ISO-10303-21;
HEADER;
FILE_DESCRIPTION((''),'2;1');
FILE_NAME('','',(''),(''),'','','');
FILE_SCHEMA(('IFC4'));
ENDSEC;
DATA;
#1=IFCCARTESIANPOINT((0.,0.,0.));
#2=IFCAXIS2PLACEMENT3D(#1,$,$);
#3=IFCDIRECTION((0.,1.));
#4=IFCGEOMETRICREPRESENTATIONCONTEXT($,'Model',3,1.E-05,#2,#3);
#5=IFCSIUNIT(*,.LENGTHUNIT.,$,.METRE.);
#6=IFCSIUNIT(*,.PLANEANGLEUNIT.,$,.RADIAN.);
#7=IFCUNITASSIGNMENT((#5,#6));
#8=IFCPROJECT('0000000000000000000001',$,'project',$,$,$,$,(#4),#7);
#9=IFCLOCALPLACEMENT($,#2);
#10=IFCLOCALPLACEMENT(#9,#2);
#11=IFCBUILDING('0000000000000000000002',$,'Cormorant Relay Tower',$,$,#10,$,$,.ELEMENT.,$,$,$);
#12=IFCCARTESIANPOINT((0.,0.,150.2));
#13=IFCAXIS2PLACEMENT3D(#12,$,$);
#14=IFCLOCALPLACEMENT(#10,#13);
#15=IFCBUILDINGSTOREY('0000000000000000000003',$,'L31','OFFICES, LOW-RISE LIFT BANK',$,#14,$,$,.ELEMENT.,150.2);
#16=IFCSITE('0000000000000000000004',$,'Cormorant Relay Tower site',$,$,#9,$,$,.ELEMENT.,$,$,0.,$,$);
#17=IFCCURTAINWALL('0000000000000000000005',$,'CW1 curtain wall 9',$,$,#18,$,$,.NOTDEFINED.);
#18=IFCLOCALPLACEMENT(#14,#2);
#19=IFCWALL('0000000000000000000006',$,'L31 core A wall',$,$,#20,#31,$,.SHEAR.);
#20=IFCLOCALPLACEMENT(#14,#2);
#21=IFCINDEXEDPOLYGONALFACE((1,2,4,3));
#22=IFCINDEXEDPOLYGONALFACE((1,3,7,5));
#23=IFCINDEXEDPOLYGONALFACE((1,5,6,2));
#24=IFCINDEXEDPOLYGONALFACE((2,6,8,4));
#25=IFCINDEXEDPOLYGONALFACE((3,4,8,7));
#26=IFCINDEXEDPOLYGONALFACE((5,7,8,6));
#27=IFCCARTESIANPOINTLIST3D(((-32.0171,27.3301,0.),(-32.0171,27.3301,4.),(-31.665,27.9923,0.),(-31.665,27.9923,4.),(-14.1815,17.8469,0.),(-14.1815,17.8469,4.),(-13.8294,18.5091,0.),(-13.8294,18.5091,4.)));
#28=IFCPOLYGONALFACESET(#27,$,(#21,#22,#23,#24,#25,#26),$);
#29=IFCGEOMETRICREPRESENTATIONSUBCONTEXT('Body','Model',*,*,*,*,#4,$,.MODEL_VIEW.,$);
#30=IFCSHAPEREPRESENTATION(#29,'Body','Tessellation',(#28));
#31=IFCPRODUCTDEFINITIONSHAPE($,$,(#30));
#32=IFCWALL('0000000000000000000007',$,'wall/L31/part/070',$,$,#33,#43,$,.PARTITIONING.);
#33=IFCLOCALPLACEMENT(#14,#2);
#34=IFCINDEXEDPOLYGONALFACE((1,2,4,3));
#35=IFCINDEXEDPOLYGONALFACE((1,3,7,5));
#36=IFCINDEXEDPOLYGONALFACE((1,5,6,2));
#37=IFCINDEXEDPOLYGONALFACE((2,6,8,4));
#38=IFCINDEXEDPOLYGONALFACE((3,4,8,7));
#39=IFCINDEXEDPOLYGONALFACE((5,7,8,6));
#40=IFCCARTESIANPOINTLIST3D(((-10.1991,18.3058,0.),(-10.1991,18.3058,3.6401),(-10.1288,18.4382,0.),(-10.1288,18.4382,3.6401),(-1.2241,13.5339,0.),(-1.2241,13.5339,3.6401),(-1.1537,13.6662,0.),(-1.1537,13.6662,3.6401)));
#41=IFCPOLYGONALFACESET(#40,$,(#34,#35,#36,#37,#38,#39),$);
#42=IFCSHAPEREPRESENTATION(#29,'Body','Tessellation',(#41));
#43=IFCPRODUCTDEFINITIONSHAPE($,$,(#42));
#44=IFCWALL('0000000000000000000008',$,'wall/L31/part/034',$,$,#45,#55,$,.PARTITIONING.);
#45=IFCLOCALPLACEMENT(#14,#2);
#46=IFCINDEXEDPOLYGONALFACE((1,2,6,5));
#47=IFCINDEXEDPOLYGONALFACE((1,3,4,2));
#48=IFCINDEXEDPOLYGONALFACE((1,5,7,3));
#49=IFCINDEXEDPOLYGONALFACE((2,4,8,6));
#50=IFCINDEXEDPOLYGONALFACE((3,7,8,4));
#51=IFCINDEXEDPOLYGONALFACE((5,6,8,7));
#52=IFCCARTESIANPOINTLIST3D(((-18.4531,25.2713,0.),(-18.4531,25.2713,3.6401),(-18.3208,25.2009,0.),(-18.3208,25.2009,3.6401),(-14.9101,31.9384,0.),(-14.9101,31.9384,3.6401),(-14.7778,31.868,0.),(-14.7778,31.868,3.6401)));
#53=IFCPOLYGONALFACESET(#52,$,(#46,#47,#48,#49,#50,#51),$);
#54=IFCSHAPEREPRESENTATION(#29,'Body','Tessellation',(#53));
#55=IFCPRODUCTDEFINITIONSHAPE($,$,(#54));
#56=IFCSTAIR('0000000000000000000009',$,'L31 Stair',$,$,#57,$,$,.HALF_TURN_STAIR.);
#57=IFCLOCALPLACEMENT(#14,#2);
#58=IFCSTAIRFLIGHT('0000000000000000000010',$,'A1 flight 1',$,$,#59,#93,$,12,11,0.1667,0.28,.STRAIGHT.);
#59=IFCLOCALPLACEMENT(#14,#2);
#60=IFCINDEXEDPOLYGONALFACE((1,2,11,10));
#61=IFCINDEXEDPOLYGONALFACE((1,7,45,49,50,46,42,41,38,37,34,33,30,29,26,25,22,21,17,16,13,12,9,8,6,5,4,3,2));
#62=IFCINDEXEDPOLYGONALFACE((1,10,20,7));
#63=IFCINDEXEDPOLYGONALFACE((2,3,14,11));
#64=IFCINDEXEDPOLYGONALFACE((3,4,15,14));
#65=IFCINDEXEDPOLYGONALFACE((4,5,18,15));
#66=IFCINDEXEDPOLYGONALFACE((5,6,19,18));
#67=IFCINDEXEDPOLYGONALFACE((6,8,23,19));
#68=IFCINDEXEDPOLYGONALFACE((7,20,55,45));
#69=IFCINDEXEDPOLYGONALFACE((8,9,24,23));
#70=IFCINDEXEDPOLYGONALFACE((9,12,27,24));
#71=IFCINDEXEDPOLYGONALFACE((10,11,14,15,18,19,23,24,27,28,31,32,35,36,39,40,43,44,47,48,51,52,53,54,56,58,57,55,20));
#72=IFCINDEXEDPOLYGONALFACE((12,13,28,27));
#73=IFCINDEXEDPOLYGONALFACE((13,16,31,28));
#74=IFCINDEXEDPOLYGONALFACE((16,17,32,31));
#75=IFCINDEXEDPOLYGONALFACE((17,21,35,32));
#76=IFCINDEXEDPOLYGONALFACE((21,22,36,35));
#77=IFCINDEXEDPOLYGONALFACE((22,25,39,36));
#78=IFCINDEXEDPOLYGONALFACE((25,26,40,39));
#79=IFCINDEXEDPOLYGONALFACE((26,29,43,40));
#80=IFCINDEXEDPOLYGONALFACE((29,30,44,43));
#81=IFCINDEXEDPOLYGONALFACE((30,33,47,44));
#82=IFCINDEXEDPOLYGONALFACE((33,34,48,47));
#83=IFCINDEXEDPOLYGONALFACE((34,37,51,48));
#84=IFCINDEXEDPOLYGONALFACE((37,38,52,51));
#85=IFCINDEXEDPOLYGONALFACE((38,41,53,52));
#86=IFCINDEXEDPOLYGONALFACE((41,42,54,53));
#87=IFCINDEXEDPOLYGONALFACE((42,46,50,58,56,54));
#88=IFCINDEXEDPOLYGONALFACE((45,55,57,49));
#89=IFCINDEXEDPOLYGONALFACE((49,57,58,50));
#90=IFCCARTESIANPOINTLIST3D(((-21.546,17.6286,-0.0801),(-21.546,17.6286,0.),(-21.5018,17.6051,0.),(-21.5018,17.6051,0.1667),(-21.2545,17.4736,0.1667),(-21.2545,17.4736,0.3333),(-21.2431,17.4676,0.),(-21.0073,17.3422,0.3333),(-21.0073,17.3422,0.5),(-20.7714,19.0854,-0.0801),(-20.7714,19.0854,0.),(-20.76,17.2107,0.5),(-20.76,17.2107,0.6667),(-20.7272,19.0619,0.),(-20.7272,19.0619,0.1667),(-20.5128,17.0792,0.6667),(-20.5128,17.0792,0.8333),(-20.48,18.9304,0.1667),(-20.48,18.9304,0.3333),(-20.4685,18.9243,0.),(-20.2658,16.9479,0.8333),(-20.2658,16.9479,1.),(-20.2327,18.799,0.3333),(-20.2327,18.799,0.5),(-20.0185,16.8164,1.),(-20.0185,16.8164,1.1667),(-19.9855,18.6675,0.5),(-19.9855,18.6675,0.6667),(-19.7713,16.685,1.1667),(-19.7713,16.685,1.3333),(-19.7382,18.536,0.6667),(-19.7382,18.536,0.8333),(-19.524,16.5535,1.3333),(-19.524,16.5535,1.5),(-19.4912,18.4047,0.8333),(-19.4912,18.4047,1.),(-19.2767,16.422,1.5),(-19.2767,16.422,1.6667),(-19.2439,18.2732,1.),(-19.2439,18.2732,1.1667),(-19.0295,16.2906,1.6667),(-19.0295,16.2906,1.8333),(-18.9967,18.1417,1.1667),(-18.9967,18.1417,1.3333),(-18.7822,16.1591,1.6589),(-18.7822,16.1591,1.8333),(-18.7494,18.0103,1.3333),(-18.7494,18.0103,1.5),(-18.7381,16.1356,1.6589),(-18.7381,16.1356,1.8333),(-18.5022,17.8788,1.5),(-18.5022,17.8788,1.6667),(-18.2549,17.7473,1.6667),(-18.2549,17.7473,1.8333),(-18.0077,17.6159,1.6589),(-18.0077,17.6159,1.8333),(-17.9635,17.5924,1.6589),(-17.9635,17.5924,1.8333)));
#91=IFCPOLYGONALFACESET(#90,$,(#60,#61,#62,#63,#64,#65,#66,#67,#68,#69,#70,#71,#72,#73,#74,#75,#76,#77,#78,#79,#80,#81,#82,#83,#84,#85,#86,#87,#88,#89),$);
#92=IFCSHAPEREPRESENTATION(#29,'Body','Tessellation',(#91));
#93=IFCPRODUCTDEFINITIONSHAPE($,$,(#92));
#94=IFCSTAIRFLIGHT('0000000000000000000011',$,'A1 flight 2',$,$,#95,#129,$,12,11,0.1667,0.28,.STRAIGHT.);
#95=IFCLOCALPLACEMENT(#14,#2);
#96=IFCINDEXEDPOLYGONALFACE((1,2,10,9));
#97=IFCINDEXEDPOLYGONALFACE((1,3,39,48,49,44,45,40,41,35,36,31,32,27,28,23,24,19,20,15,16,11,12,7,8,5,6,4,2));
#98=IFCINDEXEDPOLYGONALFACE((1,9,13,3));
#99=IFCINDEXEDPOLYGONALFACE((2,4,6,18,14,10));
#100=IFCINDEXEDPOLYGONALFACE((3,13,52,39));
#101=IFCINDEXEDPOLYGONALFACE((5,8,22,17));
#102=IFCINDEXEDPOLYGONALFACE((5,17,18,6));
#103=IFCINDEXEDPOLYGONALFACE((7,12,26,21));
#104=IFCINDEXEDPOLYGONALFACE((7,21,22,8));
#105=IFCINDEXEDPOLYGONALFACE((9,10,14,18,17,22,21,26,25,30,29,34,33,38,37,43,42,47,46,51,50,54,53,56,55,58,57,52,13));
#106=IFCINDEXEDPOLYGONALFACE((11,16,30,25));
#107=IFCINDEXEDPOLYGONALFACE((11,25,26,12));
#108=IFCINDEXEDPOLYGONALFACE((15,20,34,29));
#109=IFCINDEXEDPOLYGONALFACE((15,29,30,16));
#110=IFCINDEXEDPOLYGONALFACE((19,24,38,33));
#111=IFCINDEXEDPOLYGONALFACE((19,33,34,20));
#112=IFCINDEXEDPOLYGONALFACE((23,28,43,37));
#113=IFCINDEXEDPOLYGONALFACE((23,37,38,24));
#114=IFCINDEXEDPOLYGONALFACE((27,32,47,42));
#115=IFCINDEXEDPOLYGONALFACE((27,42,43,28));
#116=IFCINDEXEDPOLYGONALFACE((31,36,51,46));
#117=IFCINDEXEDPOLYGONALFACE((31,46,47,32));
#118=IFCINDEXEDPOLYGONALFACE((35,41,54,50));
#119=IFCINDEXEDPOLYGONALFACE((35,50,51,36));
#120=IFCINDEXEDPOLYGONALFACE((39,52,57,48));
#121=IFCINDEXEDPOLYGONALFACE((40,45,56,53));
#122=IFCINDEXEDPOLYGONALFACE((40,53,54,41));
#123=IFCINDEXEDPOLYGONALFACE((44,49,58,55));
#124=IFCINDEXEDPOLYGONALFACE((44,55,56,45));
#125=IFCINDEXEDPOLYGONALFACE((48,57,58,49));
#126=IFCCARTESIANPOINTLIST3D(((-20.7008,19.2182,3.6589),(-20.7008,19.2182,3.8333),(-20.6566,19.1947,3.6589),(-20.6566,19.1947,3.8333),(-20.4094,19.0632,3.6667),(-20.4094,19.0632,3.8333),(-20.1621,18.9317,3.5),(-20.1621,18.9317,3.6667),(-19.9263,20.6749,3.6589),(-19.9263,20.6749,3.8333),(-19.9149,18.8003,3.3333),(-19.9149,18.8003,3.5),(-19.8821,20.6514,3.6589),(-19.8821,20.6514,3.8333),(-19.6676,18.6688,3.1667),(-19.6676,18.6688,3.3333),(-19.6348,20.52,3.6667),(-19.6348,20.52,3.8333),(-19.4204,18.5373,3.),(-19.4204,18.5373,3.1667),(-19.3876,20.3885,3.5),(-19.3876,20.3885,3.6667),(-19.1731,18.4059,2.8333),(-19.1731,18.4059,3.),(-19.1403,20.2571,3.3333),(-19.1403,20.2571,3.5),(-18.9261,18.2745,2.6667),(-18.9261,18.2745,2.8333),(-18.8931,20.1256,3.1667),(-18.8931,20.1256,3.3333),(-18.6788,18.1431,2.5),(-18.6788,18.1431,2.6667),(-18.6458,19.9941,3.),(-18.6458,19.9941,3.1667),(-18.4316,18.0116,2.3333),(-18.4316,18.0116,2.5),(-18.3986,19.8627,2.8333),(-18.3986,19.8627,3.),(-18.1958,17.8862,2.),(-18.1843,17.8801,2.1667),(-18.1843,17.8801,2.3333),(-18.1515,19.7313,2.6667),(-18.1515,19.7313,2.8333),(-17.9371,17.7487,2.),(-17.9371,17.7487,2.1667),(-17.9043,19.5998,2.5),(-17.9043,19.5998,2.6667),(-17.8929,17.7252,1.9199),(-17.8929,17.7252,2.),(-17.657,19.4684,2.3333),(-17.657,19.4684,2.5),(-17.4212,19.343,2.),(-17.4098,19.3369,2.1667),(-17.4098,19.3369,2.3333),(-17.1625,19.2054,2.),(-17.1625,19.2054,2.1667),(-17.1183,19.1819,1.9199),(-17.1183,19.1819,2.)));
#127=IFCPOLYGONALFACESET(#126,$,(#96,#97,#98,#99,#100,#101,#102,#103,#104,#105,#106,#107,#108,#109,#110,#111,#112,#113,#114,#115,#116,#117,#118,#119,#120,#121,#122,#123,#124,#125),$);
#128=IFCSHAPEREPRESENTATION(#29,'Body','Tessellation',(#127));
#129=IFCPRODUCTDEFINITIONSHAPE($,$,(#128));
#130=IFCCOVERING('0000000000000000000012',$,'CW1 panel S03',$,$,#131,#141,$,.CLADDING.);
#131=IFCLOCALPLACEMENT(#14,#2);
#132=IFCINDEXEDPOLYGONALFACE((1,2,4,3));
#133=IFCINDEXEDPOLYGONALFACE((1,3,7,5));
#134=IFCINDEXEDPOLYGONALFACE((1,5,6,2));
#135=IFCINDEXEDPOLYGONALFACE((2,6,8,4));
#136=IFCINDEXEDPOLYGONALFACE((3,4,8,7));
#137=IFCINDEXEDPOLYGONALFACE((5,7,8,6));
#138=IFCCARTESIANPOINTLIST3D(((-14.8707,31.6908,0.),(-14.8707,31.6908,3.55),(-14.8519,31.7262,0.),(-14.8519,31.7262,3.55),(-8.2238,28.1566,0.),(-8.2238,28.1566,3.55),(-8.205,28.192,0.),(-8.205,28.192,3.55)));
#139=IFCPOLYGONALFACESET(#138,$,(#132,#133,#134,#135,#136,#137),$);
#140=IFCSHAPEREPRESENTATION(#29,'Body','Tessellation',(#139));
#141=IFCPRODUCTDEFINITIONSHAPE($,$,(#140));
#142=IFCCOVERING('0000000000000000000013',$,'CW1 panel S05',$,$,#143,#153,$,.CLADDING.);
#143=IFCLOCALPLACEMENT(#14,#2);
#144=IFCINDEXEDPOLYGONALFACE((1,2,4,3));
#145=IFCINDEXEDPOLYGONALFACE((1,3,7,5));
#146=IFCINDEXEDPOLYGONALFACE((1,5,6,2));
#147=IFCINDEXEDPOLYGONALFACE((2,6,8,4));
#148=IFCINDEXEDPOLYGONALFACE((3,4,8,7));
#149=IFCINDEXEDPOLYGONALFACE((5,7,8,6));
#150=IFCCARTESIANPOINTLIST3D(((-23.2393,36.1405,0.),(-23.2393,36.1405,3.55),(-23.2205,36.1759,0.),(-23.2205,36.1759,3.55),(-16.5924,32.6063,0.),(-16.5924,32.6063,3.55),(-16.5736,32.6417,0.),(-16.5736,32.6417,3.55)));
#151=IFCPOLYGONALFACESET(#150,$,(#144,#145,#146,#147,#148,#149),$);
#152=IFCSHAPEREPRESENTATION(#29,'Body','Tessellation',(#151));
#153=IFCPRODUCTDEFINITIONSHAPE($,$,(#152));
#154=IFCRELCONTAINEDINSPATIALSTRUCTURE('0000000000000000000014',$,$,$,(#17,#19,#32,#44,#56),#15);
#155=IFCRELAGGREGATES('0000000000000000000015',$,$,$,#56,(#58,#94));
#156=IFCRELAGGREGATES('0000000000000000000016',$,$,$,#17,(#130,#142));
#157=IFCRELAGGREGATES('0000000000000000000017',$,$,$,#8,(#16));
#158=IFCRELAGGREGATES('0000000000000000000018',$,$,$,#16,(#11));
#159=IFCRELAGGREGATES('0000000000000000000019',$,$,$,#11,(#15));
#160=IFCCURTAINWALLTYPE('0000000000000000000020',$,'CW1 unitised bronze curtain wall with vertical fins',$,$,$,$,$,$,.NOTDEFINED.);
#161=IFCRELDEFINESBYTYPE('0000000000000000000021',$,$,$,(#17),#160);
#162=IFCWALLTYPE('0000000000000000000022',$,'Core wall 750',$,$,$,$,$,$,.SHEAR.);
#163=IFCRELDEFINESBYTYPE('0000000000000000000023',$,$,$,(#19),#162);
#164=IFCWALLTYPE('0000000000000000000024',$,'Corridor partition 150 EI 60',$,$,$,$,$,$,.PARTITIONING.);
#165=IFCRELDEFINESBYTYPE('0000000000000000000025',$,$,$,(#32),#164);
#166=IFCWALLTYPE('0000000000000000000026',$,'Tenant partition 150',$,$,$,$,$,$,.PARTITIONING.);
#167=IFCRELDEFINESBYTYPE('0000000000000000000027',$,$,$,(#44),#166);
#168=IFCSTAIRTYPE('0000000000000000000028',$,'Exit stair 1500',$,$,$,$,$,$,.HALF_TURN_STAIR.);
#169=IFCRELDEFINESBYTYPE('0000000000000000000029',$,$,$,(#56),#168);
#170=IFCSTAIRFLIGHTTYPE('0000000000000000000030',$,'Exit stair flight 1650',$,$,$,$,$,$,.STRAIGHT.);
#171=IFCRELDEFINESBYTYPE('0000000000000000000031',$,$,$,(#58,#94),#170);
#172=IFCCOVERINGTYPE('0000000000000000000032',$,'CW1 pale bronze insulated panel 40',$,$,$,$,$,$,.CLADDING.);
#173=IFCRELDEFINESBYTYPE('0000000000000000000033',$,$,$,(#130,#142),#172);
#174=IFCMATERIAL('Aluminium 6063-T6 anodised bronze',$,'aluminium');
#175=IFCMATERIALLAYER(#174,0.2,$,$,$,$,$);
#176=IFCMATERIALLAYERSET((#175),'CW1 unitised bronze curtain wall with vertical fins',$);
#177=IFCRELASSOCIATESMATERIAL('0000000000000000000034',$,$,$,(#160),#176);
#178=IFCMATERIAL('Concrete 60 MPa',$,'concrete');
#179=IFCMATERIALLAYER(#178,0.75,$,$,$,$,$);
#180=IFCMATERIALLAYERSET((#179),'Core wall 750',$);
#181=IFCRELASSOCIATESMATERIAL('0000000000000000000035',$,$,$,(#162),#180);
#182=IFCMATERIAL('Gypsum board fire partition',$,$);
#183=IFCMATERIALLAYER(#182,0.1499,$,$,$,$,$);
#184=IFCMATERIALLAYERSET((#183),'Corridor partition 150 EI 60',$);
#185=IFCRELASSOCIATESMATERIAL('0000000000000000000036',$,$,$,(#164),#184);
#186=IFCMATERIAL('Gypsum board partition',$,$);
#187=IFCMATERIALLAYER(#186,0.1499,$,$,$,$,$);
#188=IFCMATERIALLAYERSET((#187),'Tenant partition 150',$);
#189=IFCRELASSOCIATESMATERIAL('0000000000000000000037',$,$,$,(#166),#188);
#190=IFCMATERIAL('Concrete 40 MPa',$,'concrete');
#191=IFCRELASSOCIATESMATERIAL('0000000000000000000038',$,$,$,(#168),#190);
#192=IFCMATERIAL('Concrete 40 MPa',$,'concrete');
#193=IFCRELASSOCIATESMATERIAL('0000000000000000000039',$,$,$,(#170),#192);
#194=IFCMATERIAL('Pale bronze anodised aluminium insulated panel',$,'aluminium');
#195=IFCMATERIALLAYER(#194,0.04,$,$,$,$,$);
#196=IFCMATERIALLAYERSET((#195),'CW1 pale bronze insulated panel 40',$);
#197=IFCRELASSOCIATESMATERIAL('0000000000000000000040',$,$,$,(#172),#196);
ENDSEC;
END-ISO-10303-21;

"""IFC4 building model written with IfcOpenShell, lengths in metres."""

from ifc_helpers import new_model, si_unit, direction, frame, frame_2d, origin, origin_2d, place, context, subcontext, project, spatial, polyline, rectangle, outline, extrude, material, layer, layer_set, type_object, element, aggregate, save


model = new_model("IFC4")

# Units and contexts
model_context = context("Model", 3, precision=1e-05, world=origin(), true_north=direction((0.0, 1.0)))
body_context = subcontext(model_context, "Body", "Model", "MODEL_VIEW")
ifc_project = project(units=[si_unit("LENGTHUNIT", "METRE"), si_unit("PLANEANGLEUNIT", "RADIAN")], contexts=[model_context])

# Site, building, storey
site_placement = place(None, origin())
site = spatial("IfcSite", under=ifc_project, at=site_placement, Name="Cormorant Relay Tower site", CompositionType="ELEMENT", RefElevation=0.0)
building_placement = place(site_placement, origin())
building = spatial("IfcBuilding", under=site, at=building_placement, Name="Cormorant Relay Tower", CompositionType="ELEMENT")
storey_placement = place(building_placement, frame((0.0, 0.0, 150.2)))
storey = spatial("IfcBuildingStorey", under=building, at=storey_placement, Name="L31", Description="OFFICES, LOW-RISE LIFT BANK", CompositionType="ELEMENT", Elevation=150.2)

# Curtain wall
ifc_material_1 = material(Name="Aluminium 6063-T6 anodised bronze", Category="aluminium")
ifc_layer_1 = layer(ifc_material_1, 0.2)
ifc_layer_set_1 = layer_set([ifc_layer_1], Name="CW1 unitised bronze curtain wall with vertical fins")
curtain_wall_type = type_object("IfcCurtainWallType", Name="CW1 unitised bronze curtain wall with vertical fins", PredefinedType="NOTDEFINED", material=ifc_layer_set_1)
curtain_wall_placement = place(storey_placement, origin())
curtain_wall = element("IfcCurtainWall", 1, at=curtain_wall_placement, inside=storey, type_object=curtain_wall_type, Name="CW1 curtain wall 9", PredefinedType="NOTDEFINED")

# Shared definitions
ifc_material_2 = material(Name="Concrete 60 MPa", Category="concrete")
ifc_layer_2 = layer(ifc_material_2, 0.75)
ifc_layer_set_2 = layer_set([ifc_layer_2], Name="Core wall 750")
wall_type_1 = type_object("IfcWallType", Name="Core wall 750", PredefinedType="SHEAR", material=ifc_layer_set_2)

# Walls
wall_1_placement = place(storey_placement, frame((-14.0054, 18.178, 0.0), z_axis=(0.0, 0.0, 1.0), x_axis=(-0.88295, 0.469467, 0.0)))
element("IfcWall", 2, at=wall_1_placement, inside=storey, type_object=wall_type_1, Name="L31 core A wall", PredefinedType="SHEAR", context=body_context, shape_type="SweptSolid", body=[
    extrude(rectangle(XDim=20.2, YDim=0.75, at=frame_2d((10.1001, 0.0))), origin(), (0.0, 0.0, 1.0), 4.0),
])
ifc_material_3 = material(Name="Gypsum board fire partition")
ifc_layer_3 = layer(ifc_material_3, 0.1499)
ifc_layer_set_3 = layer_set([ifc_layer_3], Name="Corridor partition 150 EI 60")
wall_type_2 = type_object("IfcWallType", Name="Corridor partition 150 EI 60", PredefinedType="PARTITIONING", material=ifc_layer_set_3)
wall_2_placement = place(storey_placement, frame((-10.1641, 18.3721, 0.0), z_axis=(0.0, 0.0, 1.0), x_axis=(0.882955, -0.469458, 0.0)))
element("IfcWall", 3, at=wall_2_placement, inside=storey, type_object=wall_type_2, Name="wall/L31/part/070", PredefinedType="PARTITIONING", context=body_context, shape_type="SweptSolid", body=[
    extrude(rectangle(XDim=10.1648, YDim=0.1499, at=frame_2d((5.0825, 0.0))), origin(), (0.0, 0.0, 1.0), 3.6401),
])
ifc_material_4 = material(Name="Gypsum board partition")
ifc_layer_4 = layer(ifc_material_4, 0.1499)
ifc_layer_set_4 = layer_set([ifc_layer_4], Name="Tenant partition 150")
wall_type_3 = type_object("IfcWallType", Name="Tenant partition 150", PredefinedType="PARTITIONING", material=ifc_layer_set_4)
wall_3_placement = place(storey_placement, frame((-14.844, 31.9031, 0.0), z_axis=(0.0, 0.0, 1.0), x_axis=(-0.469272, -0.883054, 0.0)))
element("IfcWall", 4, at=wall_3_placement, inside=storey, type_object=wall_type_3, Name="wall/L31/part/034", PredefinedType="PARTITIONING", context=body_context, shape_type="SweptSolid", body=[
    extrude(rectangle(XDim=7.55, YDim=0.1499, at=frame_2d((3.7749, 0.0))), origin(), (0.0, 0.0, 1.0), 3.6401),
])

# Stair, stair flights
ifc_material_5 = material(Name="Concrete 40 MPa", Category="concrete")
stair_type = type_object("IfcStairType", Name="Exit stair 1500", PredefinedType="HALF_TURN_STAIR", material=ifc_material_5)
stair_placement = place(storey_placement, origin())
stair = element("IfcStair", 5, at=stair_placement, inside=storey, type_object=stair_type, Name="L31 Stair", PredefinedType="HALF_TURN_STAIR")
ifc_material_6 = material(Name="Concrete 40 MPa", Category="concrete")
stair_flight_type = type_object("IfcStairFlightType", Name="Exit stair flight 1650", PredefinedType="STRAIGHT", material=ifc_material_6)
stair_flight_1_placement = place(storey_placement, frame((-21.1145, 18.3335, 0.0), z_axis=(0.0, 0.0, 1.0), x_axis=(0.882948, -0.469472, 0.0)))
stair_flight_1 = element("IfcStairFlight", 6, at=stair_flight_1_placement, type_object=stair_flight_type, Name="A1 flight 1", NumberOfRisers=12, NumberOfTreads=11, PredefinedType="STRAIGHT", RiserHeight=0.1667, TreadLength=0.28, context=body_context, shape_type="SweptSolid", body=[
    extrude(outline(polyline([(-0.05, -0.0801), (-0.05, 0.0), (0.0, 0.0), (0.0, 0.1667), (0.28, 0.1667), (0.28, 0.3333), (0.5601, 0.3333), (0.5601, 0.5), (0.8401, 0.5), (0.8401, 0.6667), (1.1201, 0.6667), (1.1201, 0.8333), (1.3999, 0.8333), (1.3999, 1.0), (1.6799, 1.0), (1.6799, 1.1667), (1.96, 1.1667), (1.96, 1.3333), (2.24, 1.3333), (2.24, 1.5), (2.52, 1.5), (2.52, 1.6667), (2.8, 1.6667), (2.8, 1.8333), (3.0801, 1.8333), (3.1301, 1.8333), (3.1301, 1.6589), (3.0801, 1.6589), (0.293, 0.0), (-0.05, -0.0801)])), frame((0.0, 0.825, 0.0), z_axis=(0.0, -1.0, 0.0), x_axis=(1.0, 0.0, 0.0)), (0.0, 0.0, 1.0), 1.6499),
])
stair_flight_2_placement = place(storey_placement, frame((-17.5498, 18.4771, 2.0), z_axis=(0.0, 0.0, 1.0), x_axis=(-0.882948, 0.469472, 0.0)))
stair_flight_2 = element("IfcStairFlight", 7, at=stair_flight_2_placement, type_object=stair_flight_type, Name="A1 flight 2", NumberOfRisers=12, NumberOfTreads=11, PredefinedType="STRAIGHT", RiserHeight=0.1667, TreadLength=0.28, context=body_context, shape_type="SweptSolid", body=[
    extrude(outline(polyline([(-0.05, -0.0801), (-0.05, 0.0), (0.0, 0.0), (0.0, 0.1667), (0.28, 0.1667), (0.28, 0.3333), (0.5601, 0.3333), (0.5601, 0.5), (0.8401, 0.5), (0.8401, 0.6667), (1.1201, 0.6667), (1.1201, 0.8333), (1.3999, 0.8333), (1.3999, 1.0), (1.6799, 1.0), (1.6799, 1.1667), (1.96, 1.1667), (1.96, 1.3333), (2.24, 1.3333), (2.24, 1.5), (2.52, 1.5), (2.52, 1.6667), (2.8, 1.6667), (2.8, 1.8333), (3.0801, 1.8333), (3.1301, 1.8333), (3.1301, 1.6589), (3.0801, 1.6589), (0.293, 0.0), (-0.05, -0.0801)])), frame((0.0, 0.825, 0.0), z_axis=(0.0, -1.0, 0.0), x_axis=(1.0, 0.0, 0.0)), (0.0, 0.0, 1.0), 1.6499),
])
aggregate(stair, [stair_flight_1, stair_flight_2])

# Coverings
ifc_material_7 = material(Name="Pale bronze anodised aluminium insulated panel", Category="aluminium")
ifc_layer_5 = layer(ifc_material_7, 0.04)
ifc_layer_set_5 = layer_set([ifc_layer_5], Name="CW1 pale bronze insulated panel 40")
covering_type = type_object("IfcCoveringType", Name="CW1 pale bronze insulated panel 40", PredefinedType="CLADDING", material=ifc_layer_set_5)
covering_1_placement = place(storey_placement, frame((-11.5378, 29.9414, 0.0), z_axis=(0.0, 0.0, 1.0), x_axis=(-0.882948, 0.469472, 0.0)))
covering_1 = element("IfcCovering", 8, at=covering_1_placement, type_object=covering_type, Name="CW1 panel S03", PredefinedType="CLADDING", context=body_context, shape_type="SweptSolid", body=[
    extrude(rectangle(XDim=7.5281, YDim=0.04, at=origin_2d()), origin(), (0.0, 0.0, 1.0), 3.55),
])
covering_2_placement = place(storey_placement, frame((-19.9065, 34.3911, 0.0), z_axis=(0.0, 0.0, 1.0), x_axis=(-0.882948, 0.469472, 0.0)))
covering_2 = element("IfcCovering", 9, at=covering_2_placement, type_object=covering_type, Name="CW1 panel S05", PredefinedType="CLADDING", context=body_context, shape_type="SweptSolid", body=[
    extrude(rectangle(XDim=7.5281, YDim=0.04, at=origin_2d()), origin(), (0.0, 0.0, 1.0), 3.55),
])
aggregate(curtain_wall, [covering_1, covering_2])

save(model, "model.ifc")
